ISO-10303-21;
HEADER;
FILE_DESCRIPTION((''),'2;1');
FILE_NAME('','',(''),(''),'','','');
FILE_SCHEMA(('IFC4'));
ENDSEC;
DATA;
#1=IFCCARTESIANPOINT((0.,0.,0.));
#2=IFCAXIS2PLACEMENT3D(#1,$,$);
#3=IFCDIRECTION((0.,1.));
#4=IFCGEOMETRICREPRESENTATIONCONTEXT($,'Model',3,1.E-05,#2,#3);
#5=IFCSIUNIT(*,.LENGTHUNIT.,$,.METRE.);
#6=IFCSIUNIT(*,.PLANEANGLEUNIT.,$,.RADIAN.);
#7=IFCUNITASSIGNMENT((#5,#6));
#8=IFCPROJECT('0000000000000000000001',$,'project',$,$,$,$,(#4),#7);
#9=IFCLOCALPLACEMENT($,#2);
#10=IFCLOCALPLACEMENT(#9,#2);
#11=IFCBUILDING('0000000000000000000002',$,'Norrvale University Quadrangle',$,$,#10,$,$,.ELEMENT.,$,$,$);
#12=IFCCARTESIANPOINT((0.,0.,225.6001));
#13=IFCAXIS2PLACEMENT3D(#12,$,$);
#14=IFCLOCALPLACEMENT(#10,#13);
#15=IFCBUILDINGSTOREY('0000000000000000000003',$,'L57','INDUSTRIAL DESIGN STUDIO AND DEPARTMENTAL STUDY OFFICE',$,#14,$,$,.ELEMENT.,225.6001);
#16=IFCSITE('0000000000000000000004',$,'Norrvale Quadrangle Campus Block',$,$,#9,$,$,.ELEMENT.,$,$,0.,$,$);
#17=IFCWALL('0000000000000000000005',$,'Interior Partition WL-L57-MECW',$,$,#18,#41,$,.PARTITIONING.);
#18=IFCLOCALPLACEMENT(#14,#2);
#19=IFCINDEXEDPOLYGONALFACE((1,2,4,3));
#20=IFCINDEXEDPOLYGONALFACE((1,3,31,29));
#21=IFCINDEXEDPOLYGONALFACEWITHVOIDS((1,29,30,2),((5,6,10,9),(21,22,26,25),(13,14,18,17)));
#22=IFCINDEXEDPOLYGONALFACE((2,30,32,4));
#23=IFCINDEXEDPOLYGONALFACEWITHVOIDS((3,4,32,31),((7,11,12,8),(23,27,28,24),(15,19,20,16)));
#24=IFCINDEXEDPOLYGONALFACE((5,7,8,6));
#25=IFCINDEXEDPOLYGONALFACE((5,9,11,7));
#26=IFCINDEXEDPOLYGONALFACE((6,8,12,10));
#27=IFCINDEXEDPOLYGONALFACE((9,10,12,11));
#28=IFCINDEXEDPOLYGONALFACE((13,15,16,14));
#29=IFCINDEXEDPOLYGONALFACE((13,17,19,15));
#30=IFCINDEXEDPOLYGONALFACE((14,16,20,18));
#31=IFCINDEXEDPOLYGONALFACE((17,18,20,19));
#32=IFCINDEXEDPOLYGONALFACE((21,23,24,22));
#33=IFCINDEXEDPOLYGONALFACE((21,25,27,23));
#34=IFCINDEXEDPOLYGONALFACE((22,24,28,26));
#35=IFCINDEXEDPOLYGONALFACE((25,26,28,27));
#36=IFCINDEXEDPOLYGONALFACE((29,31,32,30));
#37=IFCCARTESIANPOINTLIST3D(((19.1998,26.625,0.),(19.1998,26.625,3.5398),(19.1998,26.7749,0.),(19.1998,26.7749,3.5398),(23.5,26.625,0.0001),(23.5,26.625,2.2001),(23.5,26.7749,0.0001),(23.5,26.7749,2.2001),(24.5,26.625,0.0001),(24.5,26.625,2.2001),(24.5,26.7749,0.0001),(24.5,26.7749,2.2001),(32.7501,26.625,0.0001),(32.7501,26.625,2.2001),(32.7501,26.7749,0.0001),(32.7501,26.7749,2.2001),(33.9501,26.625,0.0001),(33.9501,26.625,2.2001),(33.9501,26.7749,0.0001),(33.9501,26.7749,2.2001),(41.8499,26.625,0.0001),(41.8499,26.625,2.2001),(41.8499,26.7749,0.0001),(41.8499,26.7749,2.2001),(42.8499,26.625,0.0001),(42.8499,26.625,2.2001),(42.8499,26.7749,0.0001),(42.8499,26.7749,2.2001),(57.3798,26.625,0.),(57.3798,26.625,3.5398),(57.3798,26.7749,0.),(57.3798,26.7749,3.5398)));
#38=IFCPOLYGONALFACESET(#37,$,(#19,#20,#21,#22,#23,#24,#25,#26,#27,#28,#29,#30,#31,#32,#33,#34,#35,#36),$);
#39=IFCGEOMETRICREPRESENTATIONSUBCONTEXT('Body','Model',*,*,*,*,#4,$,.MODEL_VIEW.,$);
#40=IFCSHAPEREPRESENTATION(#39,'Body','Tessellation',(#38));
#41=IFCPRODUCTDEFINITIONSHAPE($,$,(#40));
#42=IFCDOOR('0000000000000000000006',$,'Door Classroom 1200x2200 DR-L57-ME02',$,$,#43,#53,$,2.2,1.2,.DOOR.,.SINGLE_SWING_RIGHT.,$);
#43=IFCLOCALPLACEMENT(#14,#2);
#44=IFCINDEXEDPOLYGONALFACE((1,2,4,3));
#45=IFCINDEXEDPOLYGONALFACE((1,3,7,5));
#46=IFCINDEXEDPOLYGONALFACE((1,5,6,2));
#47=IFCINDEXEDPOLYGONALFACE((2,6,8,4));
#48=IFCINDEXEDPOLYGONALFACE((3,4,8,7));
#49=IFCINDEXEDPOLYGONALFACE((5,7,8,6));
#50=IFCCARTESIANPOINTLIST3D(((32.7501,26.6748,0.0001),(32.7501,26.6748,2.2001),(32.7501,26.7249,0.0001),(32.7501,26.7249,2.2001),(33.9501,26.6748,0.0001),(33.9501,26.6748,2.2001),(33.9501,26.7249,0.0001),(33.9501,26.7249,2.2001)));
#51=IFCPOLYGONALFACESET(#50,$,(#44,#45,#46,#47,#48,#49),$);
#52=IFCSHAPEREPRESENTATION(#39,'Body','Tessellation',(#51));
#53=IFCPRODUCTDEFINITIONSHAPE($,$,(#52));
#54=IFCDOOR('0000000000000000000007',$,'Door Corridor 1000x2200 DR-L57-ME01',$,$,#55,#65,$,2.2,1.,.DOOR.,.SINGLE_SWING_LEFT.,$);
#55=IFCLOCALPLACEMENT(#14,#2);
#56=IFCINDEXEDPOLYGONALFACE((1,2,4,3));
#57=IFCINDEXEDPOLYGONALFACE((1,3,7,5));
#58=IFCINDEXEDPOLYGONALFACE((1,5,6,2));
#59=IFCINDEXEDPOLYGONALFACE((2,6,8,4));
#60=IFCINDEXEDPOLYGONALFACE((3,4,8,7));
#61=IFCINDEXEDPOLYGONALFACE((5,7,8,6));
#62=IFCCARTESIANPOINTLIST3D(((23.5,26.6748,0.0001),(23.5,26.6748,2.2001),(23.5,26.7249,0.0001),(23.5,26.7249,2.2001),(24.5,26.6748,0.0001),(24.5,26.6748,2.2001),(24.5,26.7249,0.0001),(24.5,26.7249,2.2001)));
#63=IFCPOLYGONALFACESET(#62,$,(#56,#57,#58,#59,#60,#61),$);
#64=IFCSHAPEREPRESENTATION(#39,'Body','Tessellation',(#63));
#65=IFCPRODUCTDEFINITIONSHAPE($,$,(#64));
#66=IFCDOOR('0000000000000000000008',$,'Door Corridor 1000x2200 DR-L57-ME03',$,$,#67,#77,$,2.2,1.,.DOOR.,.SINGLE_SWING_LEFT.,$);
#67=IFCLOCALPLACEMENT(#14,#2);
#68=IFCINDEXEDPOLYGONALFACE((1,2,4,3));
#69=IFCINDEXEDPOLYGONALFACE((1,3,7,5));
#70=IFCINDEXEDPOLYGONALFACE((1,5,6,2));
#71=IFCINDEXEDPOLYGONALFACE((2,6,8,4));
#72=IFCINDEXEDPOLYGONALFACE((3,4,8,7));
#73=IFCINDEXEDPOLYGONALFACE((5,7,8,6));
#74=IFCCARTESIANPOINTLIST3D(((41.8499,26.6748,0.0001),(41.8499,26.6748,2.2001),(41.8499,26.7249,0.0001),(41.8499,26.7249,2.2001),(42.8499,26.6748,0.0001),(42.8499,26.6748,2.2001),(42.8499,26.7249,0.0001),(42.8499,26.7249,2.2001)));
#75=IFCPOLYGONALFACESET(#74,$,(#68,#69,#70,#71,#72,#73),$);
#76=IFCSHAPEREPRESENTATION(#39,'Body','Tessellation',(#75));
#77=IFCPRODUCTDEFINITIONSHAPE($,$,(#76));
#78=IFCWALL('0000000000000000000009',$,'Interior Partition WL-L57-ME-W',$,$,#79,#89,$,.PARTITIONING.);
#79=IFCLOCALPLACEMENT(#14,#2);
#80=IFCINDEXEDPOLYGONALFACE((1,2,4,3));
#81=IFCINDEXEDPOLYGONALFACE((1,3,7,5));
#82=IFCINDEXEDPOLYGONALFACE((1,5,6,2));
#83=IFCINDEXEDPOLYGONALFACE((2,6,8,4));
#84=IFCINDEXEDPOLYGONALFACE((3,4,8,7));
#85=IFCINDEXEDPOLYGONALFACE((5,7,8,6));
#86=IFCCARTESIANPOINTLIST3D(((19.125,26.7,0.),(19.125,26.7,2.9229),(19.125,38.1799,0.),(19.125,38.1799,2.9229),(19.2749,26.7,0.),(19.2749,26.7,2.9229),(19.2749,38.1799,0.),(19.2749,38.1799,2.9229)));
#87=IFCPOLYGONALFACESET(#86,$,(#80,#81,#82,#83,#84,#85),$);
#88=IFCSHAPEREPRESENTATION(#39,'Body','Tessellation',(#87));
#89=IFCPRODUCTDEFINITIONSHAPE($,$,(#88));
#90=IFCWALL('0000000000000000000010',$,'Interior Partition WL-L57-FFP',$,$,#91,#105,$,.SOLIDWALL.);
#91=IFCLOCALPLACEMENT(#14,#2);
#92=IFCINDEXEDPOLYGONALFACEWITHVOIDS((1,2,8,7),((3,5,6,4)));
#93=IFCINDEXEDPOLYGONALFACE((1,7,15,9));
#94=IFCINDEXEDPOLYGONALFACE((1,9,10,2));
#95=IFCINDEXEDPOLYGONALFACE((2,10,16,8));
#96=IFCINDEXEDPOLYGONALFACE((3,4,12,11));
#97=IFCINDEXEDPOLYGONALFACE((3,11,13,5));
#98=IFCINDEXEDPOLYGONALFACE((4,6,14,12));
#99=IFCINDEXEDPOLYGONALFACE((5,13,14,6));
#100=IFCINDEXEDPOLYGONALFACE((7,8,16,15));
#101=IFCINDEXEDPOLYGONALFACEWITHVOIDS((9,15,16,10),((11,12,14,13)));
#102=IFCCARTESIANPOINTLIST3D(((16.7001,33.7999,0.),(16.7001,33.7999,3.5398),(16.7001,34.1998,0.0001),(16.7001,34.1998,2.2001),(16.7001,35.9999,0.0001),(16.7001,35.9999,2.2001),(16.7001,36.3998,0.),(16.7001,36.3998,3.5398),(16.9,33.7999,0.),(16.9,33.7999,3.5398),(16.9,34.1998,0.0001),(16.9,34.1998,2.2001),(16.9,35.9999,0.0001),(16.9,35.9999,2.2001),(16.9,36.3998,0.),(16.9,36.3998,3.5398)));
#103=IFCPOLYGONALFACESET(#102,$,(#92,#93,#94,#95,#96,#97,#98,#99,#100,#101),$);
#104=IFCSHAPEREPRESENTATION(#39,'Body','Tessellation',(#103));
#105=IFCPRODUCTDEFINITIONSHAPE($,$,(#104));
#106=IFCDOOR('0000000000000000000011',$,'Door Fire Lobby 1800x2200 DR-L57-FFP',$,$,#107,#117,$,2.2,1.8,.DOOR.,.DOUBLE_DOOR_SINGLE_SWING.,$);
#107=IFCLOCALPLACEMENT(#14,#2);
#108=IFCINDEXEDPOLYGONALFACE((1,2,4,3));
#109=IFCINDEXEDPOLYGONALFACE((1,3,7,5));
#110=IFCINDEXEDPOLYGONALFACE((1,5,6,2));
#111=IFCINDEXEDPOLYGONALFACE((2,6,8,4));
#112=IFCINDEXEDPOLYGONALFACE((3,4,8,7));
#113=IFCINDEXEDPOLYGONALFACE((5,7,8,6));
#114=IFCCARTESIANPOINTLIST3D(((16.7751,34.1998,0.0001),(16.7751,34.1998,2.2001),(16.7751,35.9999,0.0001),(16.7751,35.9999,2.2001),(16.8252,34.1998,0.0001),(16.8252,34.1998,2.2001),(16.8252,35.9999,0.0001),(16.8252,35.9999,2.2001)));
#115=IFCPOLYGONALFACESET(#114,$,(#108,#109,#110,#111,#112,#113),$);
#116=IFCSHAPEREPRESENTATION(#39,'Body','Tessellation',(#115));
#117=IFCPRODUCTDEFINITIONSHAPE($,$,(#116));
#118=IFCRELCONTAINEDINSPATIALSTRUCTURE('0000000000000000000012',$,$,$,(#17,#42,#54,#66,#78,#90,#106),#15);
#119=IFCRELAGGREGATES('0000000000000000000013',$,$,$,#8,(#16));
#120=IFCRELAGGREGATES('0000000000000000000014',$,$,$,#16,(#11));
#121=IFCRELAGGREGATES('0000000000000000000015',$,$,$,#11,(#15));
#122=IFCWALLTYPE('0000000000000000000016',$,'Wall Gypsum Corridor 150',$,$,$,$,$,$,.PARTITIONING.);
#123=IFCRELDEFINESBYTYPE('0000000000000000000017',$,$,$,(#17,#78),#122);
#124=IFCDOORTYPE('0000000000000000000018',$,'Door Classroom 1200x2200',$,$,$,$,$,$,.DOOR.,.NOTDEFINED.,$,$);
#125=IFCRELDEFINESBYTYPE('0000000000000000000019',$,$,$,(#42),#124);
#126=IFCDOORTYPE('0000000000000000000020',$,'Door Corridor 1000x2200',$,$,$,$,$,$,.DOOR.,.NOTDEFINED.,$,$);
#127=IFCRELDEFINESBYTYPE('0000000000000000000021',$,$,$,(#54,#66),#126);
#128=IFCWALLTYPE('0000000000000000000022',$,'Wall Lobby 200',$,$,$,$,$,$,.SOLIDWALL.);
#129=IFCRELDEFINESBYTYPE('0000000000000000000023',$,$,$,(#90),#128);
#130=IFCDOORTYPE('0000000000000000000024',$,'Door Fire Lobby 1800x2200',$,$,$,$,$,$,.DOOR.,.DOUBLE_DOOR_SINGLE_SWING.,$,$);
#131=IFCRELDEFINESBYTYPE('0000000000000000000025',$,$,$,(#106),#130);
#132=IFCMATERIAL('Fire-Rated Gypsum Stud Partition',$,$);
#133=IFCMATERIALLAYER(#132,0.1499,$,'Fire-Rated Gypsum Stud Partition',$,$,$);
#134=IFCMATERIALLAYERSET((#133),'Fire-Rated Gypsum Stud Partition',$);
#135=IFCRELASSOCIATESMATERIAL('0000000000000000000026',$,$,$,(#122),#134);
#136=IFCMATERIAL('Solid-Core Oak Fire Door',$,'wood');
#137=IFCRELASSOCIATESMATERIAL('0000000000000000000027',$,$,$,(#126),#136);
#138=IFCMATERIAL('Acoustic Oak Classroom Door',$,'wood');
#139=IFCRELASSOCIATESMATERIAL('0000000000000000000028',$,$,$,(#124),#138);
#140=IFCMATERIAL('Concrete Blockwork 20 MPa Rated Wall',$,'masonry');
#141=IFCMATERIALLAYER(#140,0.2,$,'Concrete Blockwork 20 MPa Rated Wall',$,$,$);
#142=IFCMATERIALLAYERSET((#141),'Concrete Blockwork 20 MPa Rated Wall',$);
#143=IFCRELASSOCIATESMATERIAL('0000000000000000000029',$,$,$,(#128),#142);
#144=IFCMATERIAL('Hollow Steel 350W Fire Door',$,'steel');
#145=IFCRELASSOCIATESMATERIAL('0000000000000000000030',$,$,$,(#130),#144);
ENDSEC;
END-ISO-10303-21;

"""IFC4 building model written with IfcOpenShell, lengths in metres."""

from ifc_helpers import new_model, si_unit, direction, frame, frame_2d, origin, place, context, subcontext, project, spatial, rectangle, extrude, material, layer, layer_set, type_object, element, fill, save


model = new_model("IFC4")

# Units and contexts
model_context = context("Model", 3, precision=1e-05, world=origin(), true_north=direction((0.0, 1.0)))
body_context = subcontext(model_context, "Body", "Model", "MODEL_VIEW")
ifc_project = project(units=[si_unit("LENGTHUNIT", "METRE"), si_unit("PLANEANGLEUNIT", "RADIAN")], contexts=[model_context])

# Site, building, storey
site_placement = place(None, origin())
site = spatial("IfcSite", under=ifc_project, at=site_placement, Name="Norrvale Quadrangle Campus Block", CompositionType="ELEMENT", RefElevation=0.0)
building_placement = place(site_placement, origin())
building = spatial("IfcBuilding", under=site, at=building_placement, Name="Norrvale University Quadrangle", CompositionType="ELEMENT")
storey_placement = place(building_placement, frame((0.0, 0.0, 225.6001)))
storey = spatial("IfcBuildingStorey", under=building, at=storey_placement, Name="L57", Description="INDUSTRIAL DESIGN STUDIO AND DEPARTMENTAL STUDY OFFICE", CompositionType="ELEMENT", Elevation=225.6001)

# Shared definitions
ifc_material_1 = material(Name="Fire-Rated Gypsum Stud Partition")
ifc_layer_1 = layer(ifc_material_1, 0.1499, Name="Fire-Rated Gypsum Stud Partition")
ifc_layer_set_1 = layer_set([ifc_layer_1], Name="Fire-Rated Gypsum Stud Partition")
wall_type_1 = type_object("IfcWallType", Name="Wall Gypsum Corridor 150", PredefinedType="PARTITIONING", material=ifc_layer_set_1)
ifc_material_2 = material(Name="Solid-Core Oak Fire Door", Category="wood")
door_type_1 = type_object("IfcDoorType", Name="Door Corridor 1000x2200", OperationType="NOTDEFINED", PredefinedType="DOOR", material=ifc_material_2)

# Wall, openings, doors
wall_1_placement = place(storey_placement, frame((19.2, 26.7, 0.0), z_axis=(0.0, 0.0, 1.0), x_axis=(1.0, 0.0, 0.0)))
wall_1 = element("IfcWall", 1, at=wall_1_placement, inside=storey, type_object=wall_type_1, Name="Interior Partition WL-L57-MECW", PredefinedType="PARTITIONING", context=body_context, shape_type="SweptSolid", body=[
    extrude(rectangle(XDim=38.1799, YDim=0.1499, at=frame_2d((19.0898, 0.0))), origin(), (0.0, 0.0, 1.0), 3.5398),
])
opening_1_placement = place(wall_1_placement, frame((4.3, 0.0, 0.0)))
opening_1 = element("IfcOpeningElement", 2, at=opening_1_placement, cuts=wall_1, PredefinedType="OPENING", context=body_context, shape_type="SweptSolid", body=[
    extrude(rectangle(XDim=1.0, YDim=2.2, at=frame_2d((0.5, 1.1001))), frame((0.0, 0.0869, 0.0), z_axis=(0.0, -1.0, 0.0), x_axis=(1.0, 0.0, 0.0)), (0.0, 0.0, 1.0), 0.1738),
])
opening_2_placement = place(wall_1_placement, frame((13.55, 0.0, 0.0)))
opening_2 = element("IfcOpeningElement", 3, at=opening_2_placement, cuts=wall_1, PredefinedType="OPENING", context=body_context, shape_type="SweptSolid", body=[
    extrude(rectangle(XDim=1.2, YDim=2.2, at=frame_2d((0.6001, 1.1001))), frame((0.0, 0.0869, 0.0), z_axis=(0.0, -1.0, 0.0), x_axis=(1.0, 0.0, 0.0)), (0.0, 0.0, 1.0), 0.1738),
])
opening_3_placement = place(wall_1_placement, frame((22.6499, 0.0, 0.0)))
opening_3 = element("IfcOpeningElement", 4, at=opening_3_placement, cuts=wall_1, PredefinedType="OPENING", context=body_context, shape_type="SweptSolid", body=[
    extrude(rectangle(XDim=1.0, YDim=2.2, at=frame_2d((0.5, 1.1001))), frame((0.0, 0.0869, 0.0), z_axis=(0.0, -1.0, 0.0), x_axis=(1.0, 0.0, 0.0)), (0.0, 0.0, 1.0), 0.1738),
])
ifc_material_3 = material(Name="Acoustic Oak Classroom Door", Category="wood")
door_type_2 = type_object("IfcDoorType", Name="Door Classroom 1200x2200", OperationType="NOTDEFINED", PredefinedType="DOOR", material=ifc_material_3)
door_1_placement = place(opening_2_placement, origin())
door_1 = element("IfcDoor", 5, at=door_1_placement, inside=storey, type_object=door_type_2, Name="Door Classroom 1200x2200 DR-L57-ME02", OperationType="SINGLE_SWING_RIGHT", OverallHeight=2.2, OverallWidth=1.2, PredefinedType="DOOR", context=body_context, shape_type="SweptSolid", body=[
    extrude(rectangle(XDim=1.2, YDim=2.2, at=frame_2d((0.6001, 1.1001))), frame((0.0, 0.0249, 0.0), z_axis=(0.0, -1.0, 0.0), x_axis=(1.0, 0.0, 0.0)), (0.0, 0.0, 1.0), 0.05),
])
fill(opening_2, door_1)
door_2_placement = place(opening_1_placement, origin())
door_2 = element("IfcDoor", 6, at=door_2_placement, inside=storey, type_object=door_type_1, Name="Door Corridor 1000x2200 DR-L57-ME01", OperationType="SINGLE_SWING_LEFT", OverallHeight=2.2, OverallWidth=1.0, PredefinedType="DOOR", context=body_context, shape_type="SweptSolid", body=[
    extrude(rectangle(XDim=1.0, YDim=2.2, at=frame_2d((0.5, 1.1001))), frame((0.0, 0.0249, 0.0), z_axis=(0.0, -1.0, 0.0), x_axis=(1.0, 0.0, 0.0)), (0.0, 0.0, 1.0), 0.05),
])
fill(opening_1, door_2)
door_3_placement = place(opening_3_placement, origin())
door_3 = element("IfcDoor", 7, at=door_3_placement, inside=storey, type_object=door_type_1, Name="Door Corridor 1000x2200 DR-L57-ME03", OperationType="SINGLE_SWING_LEFT", OverallHeight=2.2, OverallWidth=1.0, PredefinedType="DOOR", context=body_context, shape_type="SweptSolid", body=[
    extrude(rectangle(XDim=1.0, YDim=2.2, at=frame_2d((0.5, 1.1001))), frame((0.0, 0.0249, 0.0), z_axis=(0.0, -1.0, 0.0), x_axis=(1.0, 0.0, 0.0)), (0.0, 0.0, 1.0), 0.05),
])
fill(opening_3, door_3)

# Wall
wall_2_placement = place(storey_placement, frame((19.2, 26.7, 0.0), z_axis=(0.0, 0.0, 1.0), x_axis=(0.0, 1.0, 0.0)))
element("IfcWall", 8, at=wall_2_placement, inside=storey, type_object=wall_type_1, Name="Interior Partition WL-L57-ME-W", PredefinedType="PARTITIONING", context=body_context, shape_type="SweptSolid", body=[
    extrude(rectangle(XDim=11.48, YDim=0.1499, at=frame_2d((5.74, 0.0))), origin(), (0.0, 0.0, 1.0), 2.9229),
])

# Wall, opening, door
ifc_material_4 = material(Name="Concrete Blockwork 20 MPa Rated Wall", Category="masonry")
ifc_layer_2 = layer(ifc_material_4, 0.2, Name="Concrete Blockwork 20 MPa Rated Wall")
ifc_layer_set_2 = layer_set([ifc_layer_2], Name="Concrete Blockwork 20 MPa Rated Wall")
wall_type_2 = type_object("IfcWallType", Name="Wall Lobby 200", PredefinedType="SOLIDWALL", material=ifc_layer_set_2)
wall_3_placement = place(storey_placement, frame((16.8, 33.8, 0.0), z_axis=(0.0, 0.0, 1.0), x_axis=(0.0, 1.0, 0.0)))
wall_3 = element("IfcWall", 9, at=wall_3_placement, inside=storey, type_object=wall_type_2, Name="Interior Partition WL-L57-FFP", PredefinedType="SOLIDWALL", context=body_context, shape_type="SweptSolid", body=[
    extrude(rectangle(XDim=2.5999, YDim=0.2, at=frame_2d((1.2998, 0.0))), origin(), (0.0, 0.0, 1.0), 3.5398),
])
opening_4_placement = place(wall_3_placement, frame((0.3999, 0.0, 0.0)))
opening_4 = element("IfcOpeningElement", 10, at=opening_4_placement, cuts=wall_3, PredefinedType="OPENING", context=body_context, shape_type="SweptSolid", body=[
    extrude(rectangle(XDim=1.8, YDim=2.2, at=frame_2d((0.8999, 1.1001))), frame((0.0, 0.1121, 0.0), z_axis=(0.0, -1.0, 0.0), x_axis=(1.0, 0.0, 0.0)), (0.0, 0.0, 1.0), 0.2239),
])
ifc_material_5 = material(Name="Hollow Steel 350W Fire Door", Category="steel")
door_type_3 = type_object("IfcDoorType", Name="Door Fire Lobby 1800x2200", OperationType="DOUBLE_DOOR_SINGLE_SWING", PredefinedType="DOOR", material=ifc_material_5)
door_4_placement = place(opening_4_placement, origin())
door_4 = element("IfcDoor", 11, at=door_4_placement, inside=storey, type_object=door_type_3, Name="Door Fire Lobby 1800x2200 DR-L57-FFP", OperationType="DOUBLE_DOOR_SINGLE_SWING", OverallHeight=2.2, OverallWidth=1.8, PredefinedType="DOOR", context=body_context, shape_type="SweptSolid", body=[
    extrude(rectangle(XDim=1.8, YDim=2.2, at=frame_2d((0.8999, 1.1001))), frame((0.0, 0.0249, 0.0), z_axis=(0.0, -1.0, 0.0), x_axis=(1.0, 0.0, 0.0)), (0.0, 0.0, 1.0), 0.05),
])
fill(opening_4, door_4)

save(model, "model.ifc")
